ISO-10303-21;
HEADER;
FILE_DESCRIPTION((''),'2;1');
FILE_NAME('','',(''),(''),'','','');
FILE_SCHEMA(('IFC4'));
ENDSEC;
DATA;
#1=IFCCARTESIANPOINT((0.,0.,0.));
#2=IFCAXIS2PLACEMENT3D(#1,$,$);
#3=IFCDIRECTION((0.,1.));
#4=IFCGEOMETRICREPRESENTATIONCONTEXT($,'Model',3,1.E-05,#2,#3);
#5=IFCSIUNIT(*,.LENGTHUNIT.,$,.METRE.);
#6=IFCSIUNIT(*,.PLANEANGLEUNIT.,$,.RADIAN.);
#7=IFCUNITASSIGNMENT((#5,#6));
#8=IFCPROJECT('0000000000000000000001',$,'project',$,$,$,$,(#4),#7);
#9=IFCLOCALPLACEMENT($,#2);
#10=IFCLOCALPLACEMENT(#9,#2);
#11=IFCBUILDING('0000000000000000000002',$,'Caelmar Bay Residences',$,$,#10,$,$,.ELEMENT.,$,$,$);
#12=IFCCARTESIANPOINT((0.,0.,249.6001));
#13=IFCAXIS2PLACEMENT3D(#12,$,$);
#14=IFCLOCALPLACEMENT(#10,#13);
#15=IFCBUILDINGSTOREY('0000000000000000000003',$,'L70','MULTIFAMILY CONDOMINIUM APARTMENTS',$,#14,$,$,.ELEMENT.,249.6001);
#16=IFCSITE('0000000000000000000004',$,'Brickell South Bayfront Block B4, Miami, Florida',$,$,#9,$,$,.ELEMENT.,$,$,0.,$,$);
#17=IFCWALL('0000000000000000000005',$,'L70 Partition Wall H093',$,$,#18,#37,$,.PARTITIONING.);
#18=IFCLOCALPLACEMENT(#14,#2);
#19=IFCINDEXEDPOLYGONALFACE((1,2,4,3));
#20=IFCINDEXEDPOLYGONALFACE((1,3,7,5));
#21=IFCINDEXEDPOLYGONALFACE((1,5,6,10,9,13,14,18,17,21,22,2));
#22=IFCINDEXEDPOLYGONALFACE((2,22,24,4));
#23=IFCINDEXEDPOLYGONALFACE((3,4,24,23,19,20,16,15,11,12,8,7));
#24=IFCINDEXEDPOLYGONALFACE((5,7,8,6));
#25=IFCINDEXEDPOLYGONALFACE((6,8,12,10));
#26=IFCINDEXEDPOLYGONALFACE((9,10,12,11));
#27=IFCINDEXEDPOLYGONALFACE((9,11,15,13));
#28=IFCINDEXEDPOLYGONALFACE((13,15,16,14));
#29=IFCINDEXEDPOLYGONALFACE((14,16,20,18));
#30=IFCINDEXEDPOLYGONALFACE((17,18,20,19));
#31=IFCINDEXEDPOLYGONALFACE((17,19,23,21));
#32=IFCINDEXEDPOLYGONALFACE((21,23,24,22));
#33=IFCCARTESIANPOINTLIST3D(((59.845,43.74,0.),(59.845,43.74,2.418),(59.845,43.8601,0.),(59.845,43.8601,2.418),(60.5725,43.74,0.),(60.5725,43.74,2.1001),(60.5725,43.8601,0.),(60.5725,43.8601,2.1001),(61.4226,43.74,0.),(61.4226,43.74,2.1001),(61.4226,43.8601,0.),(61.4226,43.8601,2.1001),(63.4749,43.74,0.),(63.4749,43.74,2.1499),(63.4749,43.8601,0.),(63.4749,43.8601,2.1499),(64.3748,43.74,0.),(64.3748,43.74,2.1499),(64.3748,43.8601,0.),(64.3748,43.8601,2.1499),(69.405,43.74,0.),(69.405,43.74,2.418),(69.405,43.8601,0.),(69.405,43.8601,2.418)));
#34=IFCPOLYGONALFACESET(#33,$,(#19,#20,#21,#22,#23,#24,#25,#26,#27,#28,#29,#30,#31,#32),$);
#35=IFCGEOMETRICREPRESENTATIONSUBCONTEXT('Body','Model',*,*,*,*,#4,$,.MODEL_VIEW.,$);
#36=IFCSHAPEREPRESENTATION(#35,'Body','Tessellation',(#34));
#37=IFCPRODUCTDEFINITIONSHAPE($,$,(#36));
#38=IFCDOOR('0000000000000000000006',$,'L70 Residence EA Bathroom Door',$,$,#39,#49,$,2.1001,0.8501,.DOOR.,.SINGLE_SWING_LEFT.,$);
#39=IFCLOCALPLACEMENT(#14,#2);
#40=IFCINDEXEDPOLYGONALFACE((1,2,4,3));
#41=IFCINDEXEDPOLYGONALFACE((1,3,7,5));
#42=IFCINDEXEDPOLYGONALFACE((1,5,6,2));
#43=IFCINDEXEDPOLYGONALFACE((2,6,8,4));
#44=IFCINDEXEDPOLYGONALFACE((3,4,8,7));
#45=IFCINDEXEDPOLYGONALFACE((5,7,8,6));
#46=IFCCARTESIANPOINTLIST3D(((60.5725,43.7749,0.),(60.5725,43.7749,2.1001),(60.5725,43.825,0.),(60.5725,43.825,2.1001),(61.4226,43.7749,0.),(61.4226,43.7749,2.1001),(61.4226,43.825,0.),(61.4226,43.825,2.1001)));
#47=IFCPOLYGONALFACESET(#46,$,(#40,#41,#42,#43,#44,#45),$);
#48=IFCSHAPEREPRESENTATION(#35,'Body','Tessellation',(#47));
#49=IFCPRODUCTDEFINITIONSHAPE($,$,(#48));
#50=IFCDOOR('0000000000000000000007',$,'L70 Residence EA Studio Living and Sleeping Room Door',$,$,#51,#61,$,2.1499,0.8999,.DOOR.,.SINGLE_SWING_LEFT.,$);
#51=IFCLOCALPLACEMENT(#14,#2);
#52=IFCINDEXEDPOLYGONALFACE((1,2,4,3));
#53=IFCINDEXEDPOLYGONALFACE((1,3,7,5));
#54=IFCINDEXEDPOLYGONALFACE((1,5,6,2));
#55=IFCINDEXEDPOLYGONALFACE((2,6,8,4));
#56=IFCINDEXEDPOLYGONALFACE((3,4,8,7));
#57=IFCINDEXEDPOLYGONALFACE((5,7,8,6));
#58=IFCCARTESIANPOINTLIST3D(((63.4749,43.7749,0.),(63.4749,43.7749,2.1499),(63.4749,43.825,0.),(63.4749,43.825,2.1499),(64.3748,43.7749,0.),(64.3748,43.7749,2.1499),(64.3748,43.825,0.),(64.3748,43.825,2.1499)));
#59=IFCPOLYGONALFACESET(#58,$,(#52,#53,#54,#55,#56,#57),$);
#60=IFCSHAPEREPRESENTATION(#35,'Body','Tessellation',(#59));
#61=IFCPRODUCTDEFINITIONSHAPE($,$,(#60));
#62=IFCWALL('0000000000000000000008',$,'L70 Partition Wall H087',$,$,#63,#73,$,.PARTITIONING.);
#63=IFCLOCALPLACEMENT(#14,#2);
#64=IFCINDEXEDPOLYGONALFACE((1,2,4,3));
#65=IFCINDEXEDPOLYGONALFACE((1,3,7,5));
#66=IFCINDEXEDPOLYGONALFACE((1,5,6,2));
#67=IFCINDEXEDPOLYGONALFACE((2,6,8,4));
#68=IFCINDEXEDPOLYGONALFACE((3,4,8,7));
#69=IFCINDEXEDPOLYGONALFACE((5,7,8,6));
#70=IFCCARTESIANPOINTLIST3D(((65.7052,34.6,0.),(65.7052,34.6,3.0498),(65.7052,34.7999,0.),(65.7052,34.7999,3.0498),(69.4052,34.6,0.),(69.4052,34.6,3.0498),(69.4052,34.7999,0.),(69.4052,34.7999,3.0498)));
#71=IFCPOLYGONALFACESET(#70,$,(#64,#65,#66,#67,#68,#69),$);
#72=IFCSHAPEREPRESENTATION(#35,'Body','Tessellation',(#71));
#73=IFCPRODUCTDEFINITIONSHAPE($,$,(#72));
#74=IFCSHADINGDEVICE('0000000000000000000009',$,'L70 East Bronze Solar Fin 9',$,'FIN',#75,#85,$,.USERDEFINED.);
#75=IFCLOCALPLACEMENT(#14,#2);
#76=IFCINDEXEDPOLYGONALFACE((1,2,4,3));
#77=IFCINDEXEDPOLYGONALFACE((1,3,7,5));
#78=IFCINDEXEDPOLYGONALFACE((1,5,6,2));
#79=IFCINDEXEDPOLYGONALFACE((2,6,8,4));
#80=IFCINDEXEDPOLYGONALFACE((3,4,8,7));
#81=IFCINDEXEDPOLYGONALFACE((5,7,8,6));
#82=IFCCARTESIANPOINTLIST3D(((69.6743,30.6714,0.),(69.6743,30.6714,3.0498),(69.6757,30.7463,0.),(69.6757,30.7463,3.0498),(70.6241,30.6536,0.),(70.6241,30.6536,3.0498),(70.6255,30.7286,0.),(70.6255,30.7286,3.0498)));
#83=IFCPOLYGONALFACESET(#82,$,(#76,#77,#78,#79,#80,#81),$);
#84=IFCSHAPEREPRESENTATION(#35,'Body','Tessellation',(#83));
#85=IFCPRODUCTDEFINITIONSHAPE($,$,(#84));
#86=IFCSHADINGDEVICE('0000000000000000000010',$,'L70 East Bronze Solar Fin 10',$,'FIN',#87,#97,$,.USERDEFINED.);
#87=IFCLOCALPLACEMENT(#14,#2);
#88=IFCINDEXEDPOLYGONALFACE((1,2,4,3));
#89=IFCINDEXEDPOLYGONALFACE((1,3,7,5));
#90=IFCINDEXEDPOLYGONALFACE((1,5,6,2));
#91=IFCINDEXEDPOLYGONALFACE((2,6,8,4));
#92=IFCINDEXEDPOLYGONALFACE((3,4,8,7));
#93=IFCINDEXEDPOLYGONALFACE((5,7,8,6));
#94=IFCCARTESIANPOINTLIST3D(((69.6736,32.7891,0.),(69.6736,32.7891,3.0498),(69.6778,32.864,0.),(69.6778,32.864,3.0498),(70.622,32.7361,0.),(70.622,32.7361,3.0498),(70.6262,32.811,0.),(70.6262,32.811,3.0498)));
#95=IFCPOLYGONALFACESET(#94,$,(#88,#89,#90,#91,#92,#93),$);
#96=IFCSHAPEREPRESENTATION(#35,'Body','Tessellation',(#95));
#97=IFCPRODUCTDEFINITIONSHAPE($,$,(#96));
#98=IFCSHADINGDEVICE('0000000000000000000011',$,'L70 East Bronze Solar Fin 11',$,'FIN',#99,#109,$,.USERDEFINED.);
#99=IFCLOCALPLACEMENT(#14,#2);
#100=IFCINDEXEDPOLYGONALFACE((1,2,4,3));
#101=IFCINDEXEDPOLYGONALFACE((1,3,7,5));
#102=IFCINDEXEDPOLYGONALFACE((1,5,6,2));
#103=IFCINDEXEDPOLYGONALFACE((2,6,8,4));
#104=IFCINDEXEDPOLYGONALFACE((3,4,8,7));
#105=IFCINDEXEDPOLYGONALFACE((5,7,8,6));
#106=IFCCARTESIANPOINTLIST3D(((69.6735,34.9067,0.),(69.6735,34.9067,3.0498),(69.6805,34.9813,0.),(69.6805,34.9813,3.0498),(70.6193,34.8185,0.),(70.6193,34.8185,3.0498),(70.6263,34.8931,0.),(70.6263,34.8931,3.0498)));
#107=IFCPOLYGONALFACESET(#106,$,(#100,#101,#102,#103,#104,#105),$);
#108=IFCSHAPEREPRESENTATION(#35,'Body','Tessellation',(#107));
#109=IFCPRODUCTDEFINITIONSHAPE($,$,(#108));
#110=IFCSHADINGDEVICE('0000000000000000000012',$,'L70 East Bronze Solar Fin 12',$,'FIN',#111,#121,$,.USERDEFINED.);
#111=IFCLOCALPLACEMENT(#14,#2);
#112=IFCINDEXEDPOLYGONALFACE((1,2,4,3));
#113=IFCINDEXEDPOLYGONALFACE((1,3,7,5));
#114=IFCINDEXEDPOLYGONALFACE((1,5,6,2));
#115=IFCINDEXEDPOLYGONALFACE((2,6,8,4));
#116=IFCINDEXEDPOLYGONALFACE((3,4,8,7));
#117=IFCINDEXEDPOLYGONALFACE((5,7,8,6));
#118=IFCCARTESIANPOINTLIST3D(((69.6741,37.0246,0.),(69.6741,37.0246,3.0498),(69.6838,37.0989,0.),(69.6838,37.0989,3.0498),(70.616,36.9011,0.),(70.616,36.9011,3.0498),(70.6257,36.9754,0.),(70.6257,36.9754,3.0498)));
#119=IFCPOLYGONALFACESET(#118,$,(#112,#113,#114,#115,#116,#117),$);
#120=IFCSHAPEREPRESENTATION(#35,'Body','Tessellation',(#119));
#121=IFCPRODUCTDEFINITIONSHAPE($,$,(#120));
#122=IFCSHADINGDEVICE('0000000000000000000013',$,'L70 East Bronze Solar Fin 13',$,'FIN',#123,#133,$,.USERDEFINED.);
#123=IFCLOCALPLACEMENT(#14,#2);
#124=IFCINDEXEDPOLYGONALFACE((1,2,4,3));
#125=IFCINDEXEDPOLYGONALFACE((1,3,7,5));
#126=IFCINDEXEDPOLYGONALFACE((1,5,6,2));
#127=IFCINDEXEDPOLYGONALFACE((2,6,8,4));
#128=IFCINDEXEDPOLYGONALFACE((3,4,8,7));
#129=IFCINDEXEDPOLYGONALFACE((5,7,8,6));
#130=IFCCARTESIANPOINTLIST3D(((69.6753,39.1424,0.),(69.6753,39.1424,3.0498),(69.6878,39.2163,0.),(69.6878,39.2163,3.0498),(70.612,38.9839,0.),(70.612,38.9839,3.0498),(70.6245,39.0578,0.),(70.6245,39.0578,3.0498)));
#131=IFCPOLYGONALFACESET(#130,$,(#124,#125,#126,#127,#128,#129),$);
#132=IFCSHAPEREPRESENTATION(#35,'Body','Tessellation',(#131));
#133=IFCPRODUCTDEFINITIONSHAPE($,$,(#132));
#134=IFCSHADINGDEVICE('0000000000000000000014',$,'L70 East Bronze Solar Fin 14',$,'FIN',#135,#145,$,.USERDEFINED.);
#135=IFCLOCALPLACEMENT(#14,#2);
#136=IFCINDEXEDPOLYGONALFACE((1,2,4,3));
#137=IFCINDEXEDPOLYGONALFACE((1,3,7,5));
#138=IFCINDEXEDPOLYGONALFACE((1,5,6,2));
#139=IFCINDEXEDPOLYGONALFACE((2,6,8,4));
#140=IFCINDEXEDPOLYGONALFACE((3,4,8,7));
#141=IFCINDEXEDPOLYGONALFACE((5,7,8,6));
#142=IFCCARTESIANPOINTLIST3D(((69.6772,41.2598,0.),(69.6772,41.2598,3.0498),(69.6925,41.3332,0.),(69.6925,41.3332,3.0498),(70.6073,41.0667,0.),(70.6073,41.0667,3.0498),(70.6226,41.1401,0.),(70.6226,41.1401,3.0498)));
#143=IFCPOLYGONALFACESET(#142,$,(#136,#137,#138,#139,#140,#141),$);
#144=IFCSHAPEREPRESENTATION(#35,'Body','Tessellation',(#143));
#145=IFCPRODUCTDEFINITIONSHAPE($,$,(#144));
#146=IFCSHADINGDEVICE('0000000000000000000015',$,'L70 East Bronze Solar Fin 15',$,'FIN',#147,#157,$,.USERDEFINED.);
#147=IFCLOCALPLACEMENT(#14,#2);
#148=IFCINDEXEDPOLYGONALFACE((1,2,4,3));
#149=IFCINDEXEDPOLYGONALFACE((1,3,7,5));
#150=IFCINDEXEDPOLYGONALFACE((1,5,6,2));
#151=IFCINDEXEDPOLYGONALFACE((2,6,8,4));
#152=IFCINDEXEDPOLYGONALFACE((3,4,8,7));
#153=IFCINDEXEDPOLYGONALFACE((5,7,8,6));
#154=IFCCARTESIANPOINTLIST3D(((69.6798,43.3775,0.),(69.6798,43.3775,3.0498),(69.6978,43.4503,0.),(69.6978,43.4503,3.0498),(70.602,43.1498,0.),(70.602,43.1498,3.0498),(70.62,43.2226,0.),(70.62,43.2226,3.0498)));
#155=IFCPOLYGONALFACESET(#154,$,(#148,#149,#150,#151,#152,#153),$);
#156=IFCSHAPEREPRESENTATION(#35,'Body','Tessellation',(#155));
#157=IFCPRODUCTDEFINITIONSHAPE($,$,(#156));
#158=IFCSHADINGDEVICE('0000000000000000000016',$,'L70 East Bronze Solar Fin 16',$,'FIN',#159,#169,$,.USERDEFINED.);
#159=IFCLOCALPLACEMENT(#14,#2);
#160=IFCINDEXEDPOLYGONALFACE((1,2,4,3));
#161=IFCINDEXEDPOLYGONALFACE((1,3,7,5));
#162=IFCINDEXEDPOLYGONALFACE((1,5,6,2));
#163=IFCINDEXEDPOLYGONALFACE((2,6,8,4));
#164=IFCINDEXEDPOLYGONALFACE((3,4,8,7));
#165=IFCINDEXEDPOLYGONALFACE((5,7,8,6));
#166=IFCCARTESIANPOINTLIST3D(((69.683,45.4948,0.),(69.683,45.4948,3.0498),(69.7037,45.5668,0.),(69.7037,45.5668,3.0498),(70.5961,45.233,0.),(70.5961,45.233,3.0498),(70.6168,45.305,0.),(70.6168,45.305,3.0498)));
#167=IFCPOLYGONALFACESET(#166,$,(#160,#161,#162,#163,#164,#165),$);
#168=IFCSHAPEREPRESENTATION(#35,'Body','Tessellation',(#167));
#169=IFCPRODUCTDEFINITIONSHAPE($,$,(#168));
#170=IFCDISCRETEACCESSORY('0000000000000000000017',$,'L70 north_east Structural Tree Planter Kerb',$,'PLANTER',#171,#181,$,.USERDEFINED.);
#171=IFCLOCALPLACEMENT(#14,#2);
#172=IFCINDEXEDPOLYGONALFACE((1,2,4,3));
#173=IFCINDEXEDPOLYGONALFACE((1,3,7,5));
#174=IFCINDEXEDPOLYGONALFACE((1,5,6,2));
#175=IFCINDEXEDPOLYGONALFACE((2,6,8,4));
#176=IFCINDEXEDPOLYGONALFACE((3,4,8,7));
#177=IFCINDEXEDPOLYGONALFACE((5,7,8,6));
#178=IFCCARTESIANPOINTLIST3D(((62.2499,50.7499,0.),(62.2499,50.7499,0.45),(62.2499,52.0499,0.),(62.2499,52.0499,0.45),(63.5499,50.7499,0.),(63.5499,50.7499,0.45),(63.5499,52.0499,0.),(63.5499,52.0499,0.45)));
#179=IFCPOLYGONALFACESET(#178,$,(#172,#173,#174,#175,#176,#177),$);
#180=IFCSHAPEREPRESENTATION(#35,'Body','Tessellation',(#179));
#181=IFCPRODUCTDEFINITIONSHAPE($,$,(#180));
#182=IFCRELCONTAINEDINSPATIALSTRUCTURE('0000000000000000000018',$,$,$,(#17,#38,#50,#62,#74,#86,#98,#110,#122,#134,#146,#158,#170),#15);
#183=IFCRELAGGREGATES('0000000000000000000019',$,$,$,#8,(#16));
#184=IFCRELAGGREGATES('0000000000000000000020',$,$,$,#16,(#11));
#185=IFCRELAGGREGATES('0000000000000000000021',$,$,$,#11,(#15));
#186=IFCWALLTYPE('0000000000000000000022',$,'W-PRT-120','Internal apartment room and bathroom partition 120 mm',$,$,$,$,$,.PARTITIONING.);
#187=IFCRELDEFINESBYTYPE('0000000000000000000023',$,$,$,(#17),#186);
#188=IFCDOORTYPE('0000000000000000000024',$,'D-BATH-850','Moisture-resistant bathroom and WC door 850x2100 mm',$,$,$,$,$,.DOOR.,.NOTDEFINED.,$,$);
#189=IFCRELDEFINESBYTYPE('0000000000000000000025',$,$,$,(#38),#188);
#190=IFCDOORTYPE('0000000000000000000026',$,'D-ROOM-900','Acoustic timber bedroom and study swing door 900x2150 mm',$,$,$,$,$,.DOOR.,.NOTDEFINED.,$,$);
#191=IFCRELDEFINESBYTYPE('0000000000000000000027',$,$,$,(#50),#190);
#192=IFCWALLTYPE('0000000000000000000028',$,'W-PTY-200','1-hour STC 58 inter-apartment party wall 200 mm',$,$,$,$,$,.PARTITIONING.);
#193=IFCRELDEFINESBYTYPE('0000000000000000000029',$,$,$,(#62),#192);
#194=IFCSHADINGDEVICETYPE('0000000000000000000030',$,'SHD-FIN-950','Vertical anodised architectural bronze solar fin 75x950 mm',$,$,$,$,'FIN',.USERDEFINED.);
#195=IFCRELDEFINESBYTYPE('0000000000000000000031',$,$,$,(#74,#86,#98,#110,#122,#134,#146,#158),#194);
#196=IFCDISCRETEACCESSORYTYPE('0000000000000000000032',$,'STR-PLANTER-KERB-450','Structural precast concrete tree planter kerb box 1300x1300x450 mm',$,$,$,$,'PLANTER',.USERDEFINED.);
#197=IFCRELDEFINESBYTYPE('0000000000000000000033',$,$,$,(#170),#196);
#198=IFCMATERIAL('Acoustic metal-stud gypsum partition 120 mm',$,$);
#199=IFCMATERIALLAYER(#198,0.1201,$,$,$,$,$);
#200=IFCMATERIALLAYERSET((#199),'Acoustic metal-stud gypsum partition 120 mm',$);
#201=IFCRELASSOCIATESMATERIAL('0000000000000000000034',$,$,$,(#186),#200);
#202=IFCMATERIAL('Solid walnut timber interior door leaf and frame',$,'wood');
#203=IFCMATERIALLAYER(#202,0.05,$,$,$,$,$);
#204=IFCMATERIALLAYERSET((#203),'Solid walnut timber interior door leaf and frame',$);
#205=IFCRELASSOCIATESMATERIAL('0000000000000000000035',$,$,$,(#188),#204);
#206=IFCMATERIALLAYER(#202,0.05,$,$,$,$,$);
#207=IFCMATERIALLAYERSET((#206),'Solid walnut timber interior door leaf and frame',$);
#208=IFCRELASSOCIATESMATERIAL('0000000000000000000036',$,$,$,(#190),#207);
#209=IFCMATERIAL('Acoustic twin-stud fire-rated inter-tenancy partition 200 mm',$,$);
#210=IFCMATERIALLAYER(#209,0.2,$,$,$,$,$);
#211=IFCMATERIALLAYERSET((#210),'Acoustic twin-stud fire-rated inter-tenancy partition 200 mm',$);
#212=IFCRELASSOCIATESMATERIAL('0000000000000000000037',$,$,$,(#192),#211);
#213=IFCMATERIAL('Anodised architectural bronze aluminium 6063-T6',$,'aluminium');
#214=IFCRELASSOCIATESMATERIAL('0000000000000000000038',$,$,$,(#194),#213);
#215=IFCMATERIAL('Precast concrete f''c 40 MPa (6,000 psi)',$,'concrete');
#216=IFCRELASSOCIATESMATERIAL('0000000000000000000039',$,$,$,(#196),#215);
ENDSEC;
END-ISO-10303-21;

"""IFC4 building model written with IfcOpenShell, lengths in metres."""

from ifc_helpers import new_model, si_unit, direction, frame, frame_2d, origin, origin_2d, place, context, subcontext, project, spatial, rectangle, extrude, material, layer, layer_set, material_profile, profile_set, type_object, element, fill, save


model = new_model("IFC4")

# Units and contexts
model_context = context("Model", 3, precision=1e-05, world=origin(), true_north=direction((0.0, 1.0)))
body_context = subcontext(model_context, "Body", "Model", "MODEL_VIEW")
ifc_project = project(units=[si_unit("LENGTHUNIT", "METRE"), si_unit("PLANEANGLEUNIT", "RADIAN")], contexts=[model_context])

# Site, building, storey
site_placement = place(None, origin())
site = spatial("IfcSite", under=ifc_project, at=site_placement, Name="Brickell South Bayfront Block B4, Miami, Florida", CompositionType="ELEMENT", RefElevation=0.0)
building_placement = place(site_placement, origin())
building = spatial("IfcBuilding", under=site, at=building_placement, Name="Caelmar Bay Residences", CompositionType="ELEMENT")
storey_placement = place(building_placement, frame((0.0, 0.0, 249.6001)))
storey = spatial("IfcBuildingStorey", under=building, at=storey_placement, Name="L70", Description="MULTIFAMILY CONDOMINIUM APARTMENTS", CompositionType="ELEMENT", Elevation=249.6001)

# Shared definitions
ifc_material_1 = material(Name="Precast concrete f'c 40 MPa (6,000 psi)", Category="concrete")

# Shared definitions
ifc_material_2 = material(Name="Acoustic metal-stud gypsum partition 120 mm")
ifc_layer_1 = layer(ifc_material_2, 0.1201)
ifc_layer_set_1 = layer_set([ifc_layer_1], Name="Acoustic metal-stud gypsum partition 120 mm")
wall_type_1 = type_object("IfcWallType", Name="W-PRT-120", Description="Internal apartment room and bathroom partition 120 mm", PredefinedType="PARTITIONING", material=ifc_layer_set_1)
ifc_material_3 = material(Name="Solid walnut timber interior door leaf and frame", Category="wood")
ifc_layer_2 = layer(ifc_material_3, 0.05)
ifc_layer_set_2 = layer_set([ifc_layer_2], Name="Solid walnut timber interior door leaf and frame")
door_type_1 = type_object("IfcDoorType", Name="D-BATH-850", Description="Moisture-resistant bathroom and WC door 850x2100 mm", OperationType="NOTDEFINED", PredefinedType="DOOR", material=ifc_layer_set_2)

# Shared definitions
ifc_layer_3 = layer(ifc_material_3, 0.05)
ifc_layer_set_3 = layer_set([ifc_layer_3], Name="Solid walnut timber interior door leaf and frame")
door_type_2 = type_object("IfcDoorType", Name="D-ROOM-900", Description="Acoustic timber bedroom and study swing door 900x2150 mm", OperationType="NOTDEFINED", PredefinedType="DOOR", material=ifc_layer_set_3)

# Wall, openings, doors
wall_1_placement = place(storey_placement, frame((59.845, 43.8, 0.0), z_axis=(0.0, 0.0, 1.0), x_axis=(1.0, 0.0, 0.0)))
wall_1 = element("IfcWall", 1, at=wall_1_placement, inside=storey, type_object=wall_type_1, Name="L70 Partition Wall H093", PredefinedType="PARTITIONING", context=body_context, shape_type="SweptSolid", body=[
    extrude(rectangle(XDim=9.5601, YDim=0.1201, at=frame_2d((4.78, 0.0))), origin(), (0.0, 0.0, 1.0), 2.418),
])
opening_1_placement = place(wall_1_placement, frame((3.6299, 0.0, 0.0)))
opening_1 = element("IfcOpeningElement", 2, at=opening_1_placement, cuts=wall_1, PredefinedType="OPENING", context=body_context, shape_type="SweptSolid", body=[
    extrude(rectangle(XDim=0.8999, YDim=2.1499, at=frame_2d((0.45, 1.075))), frame((0.0, 0.0701, 0.0), z_axis=(0.0, -1.0, 0.0), x_axis=(1.0, 0.0, 0.0)), (0.0, 0.0, 1.0), 0.1401),
])
opening_2_placement = place(wall_1_placement, frame((0.7275, 0.0, 0.0)))
opening_2 = element("IfcOpeningElement", 3, at=opening_2_placement, cuts=wall_1, PredefinedType="OPENING", context=body_context, shape_type="SweptSolid", body=[
    extrude(rectangle(XDim=0.8501, YDim=2.1001, at=frame_2d((0.425, 1.05))), frame((0.0, 0.0701, 0.0), z_axis=(0.0, -1.0, 0.0), x_axis=(1.0, 0.0, 0.0)), (0.0, 0.0, 1.0), 0.1401),
])
door_1_placement = place(opening_2_placement, origin())
door_1 = element("IfcDoor", 4, at=door_1_placement, inside=storey, type_object=door_type_1, Name="L70 Residence EA Bathroom Door", OperationType="SINGLE_SWING_LEFT", OverallHeight=2.1001, OverallWidth=0.8501, PredefinedType="DOOR", context=body_context, shape_type="SweptSolid", body=[
    extrude(rectangle(XDim=0.8501, YDim=2.1001, at=frame_2d((0.425, 1.05))), frame((0.0, 0.0249, 0.0), z_axis=(0.0, -1.0, 0.0), x_axis=(1.0, 0.0, 0.0)), (0.0, 0.0, 1.0), 0.05),
])
fill(opening_2, door_1)
door_2_placement = place(opening_1_placement, origin())
door_2 = element("IfcDoor", 5, at=door_2_placement, inside=storey, type_object=door_type_2, Name="L70 Residence EA Studio Living and Sleeping Room Door", OperationType="SINGLE_SWING_LEFT", OverallHeight=2.1499, OverallWidth=0.8999, PredefinedType="DOOR", context=body_context, shape_type="SweptSolid", body=[
    extrude(rectangle(XDim=0.8999, YDim=2.1499, at=frame_2d((0.45, 1.075))), frame((0.0, 0.0249, 0.0), z_axis=(0.0, -1.0, 0.0), x_axis=(1.0, 0.0, 0.0)), (0.0, 0.0, 1.0), 0.05),
])
fill(opening_1, door_2)

# Wall
ifc_material_4 = material(Name="Acoustic twin-stud fire-rated inter-tenancy partition 200 mm")
ifc_layer_4 = layer(ifc_material_4, 0.2)
ifc_layer_set_4 = layer_set([ifc_layer_4], Name="Acoustic twin-stud fire-rated inter-tenancy partition 200 mm")
wall_type_2 = type_object("IfcWallType", Name="W-PTY-200", Description="1-hour STC 58 inter-apartment party wall 200 mm", PredefinedType="PARTITIONING", material=ifc_layer_set_4)
wall_2_placement = place(storey_placement, frame((65.7051, 34.7, 0.0), z_axis=(0.0, 0.0, 1.0), x_axis=(1.0, 0.0, 0.0)))
element("IfcWall", 6, at=wall_2_placement, inside=storey, type_object=wall_type_2, Name="L70 Partition Wall H087", PredefinedType="PARTITIONING", context=body_context, shape_type="SweptSolid", body=[
    extrude(rectangle(XDim=3.7, YDim=0.2, at=frame_2d((1.8501, 0.0))), origin(), (0.0, 0.0, 1.0), 3.0498),
])

# Shading devices
ifc_material_5 = material(Name="Anodised architectural bronze aluminium 6063-T6", Category="aluminium")
ifc_material_profile_1 = material_profile(ifc_material_5, rectangle(XDim=0.075, YDim=0.95, at=origin_2d()), Name="BRONZE-FIN-75X950")
ifc_profile_set_1 = profile_set([ifc_material_profile_1], Name="Anodised architectural bronze aluminium 6063-T6")
shading_device_type = type_object("IfcShadingDeviceType", Name="SHD-FIN-950", Description="Vertical anodised architectural bronze solar fin 75x950 mm", ElementType="FIN", PredefinedType="USERDEFINED", material=ifc_profile_set_1)
for number, where, z_axis, x_axis, name in (
    (7, (70.1499, 30.7, 0.0), (0.0, 0.0, 1.0), (0.018674, 0.999826, 0.0), "L70 East Bronze Solar Fin 9"),
    (8, (70.1499, 32.8, 0.0), (0.0, 0.0, 1.0), (0.055822, 0.998441, 0.0), "L70 East Bronze Solar Fin 10"),
    (9, (70.1499, 34.8999, 0.0), (0.0, 0.0, 1.0), (0.092892, 0.995676, 0.0), "L70 East Bronze Solar Fin 11"),
    (10, (70.1499, 37.0, 0.0), (0.0, 0.0, 1.0), (0.130007, 0.991513, 0.0), "L70 East Bronze Solar Fin 12"),
    (11, (70.1499, 39.1001, 0.0), (0.0, 0.0, 1.0), (0.166769, 0.985996, 0.0), "L70 East Bronze Solar Fin 13"),
    (12, (70.1499, 41.2, 0.0), (0.0, 0.0, 1.0), (0.2033, 0.979116, 0.0), "L70 East Bronze Solar Fin 14"),
    (13, (70.1499, 43.3, 0.0), (0.0, 0.0, 1.0), (0.23972, 0.970842, 0.0), "L70 East Bronze Solar Fin 15"),
    (14, (70.1499, 45.3999, 0.0), (0.0, 0.0, 1.0), (0.275637, 0.961262, 0.0), "L70 East Bronze Solar Fin 16"),
):
    element("IfcShadingDevice", number, at=place(storey_placement, frame(where, z_axis=z_axis, x_axis=x_axis)), inside=storey, type_object=shading_device_type, Name=name, ObjectType="FIN", PredefinedType="USERDEFINED", context=body_context, shape_type="SweptSolid", body=[
        extrude(rectangle(XDim=0.075, YDim=0.95, at=origin_2d()), origin(), (0.0, 0.0, 1.0), 3.0498),
    ])

# Discrete accessory
discrete_accessory_type = type_object("IfcDiscreteAccessoryType", Name="STR-PLANTER-KERB-450", Description="Structural precast concrete tree planter kerb box 1300x1300x450 mm", ElementType="PLANTER", PredefinedType="USERDEFINED", material=ifc_material_1)
discrete_accessory_placement = place(storey_placement, frame((62.8999, 51.3999, 0.0), z_axis=(0.0, 0.0, 1.0), x_axis=(1.0, 0.0, 0.0)))
element("IfcDiscreteAccessory", 15, at=discrete_accessory_placement, inside=storey, type_object=discrete_accessory_type, Name="L70 north_east Structural Tree Planter Kerb", ObjectType="PLANTER", PredefinedType="USERDEFINED", context=body_context, shape_type="SweptSolid", body=[
    extrude(rectangle(XDim=1.3, YDim=1.3, at=origin_2d()), origin(), (0.0, 0.0, 1.0), 0.45),
])

save(model, "model.ifc")
